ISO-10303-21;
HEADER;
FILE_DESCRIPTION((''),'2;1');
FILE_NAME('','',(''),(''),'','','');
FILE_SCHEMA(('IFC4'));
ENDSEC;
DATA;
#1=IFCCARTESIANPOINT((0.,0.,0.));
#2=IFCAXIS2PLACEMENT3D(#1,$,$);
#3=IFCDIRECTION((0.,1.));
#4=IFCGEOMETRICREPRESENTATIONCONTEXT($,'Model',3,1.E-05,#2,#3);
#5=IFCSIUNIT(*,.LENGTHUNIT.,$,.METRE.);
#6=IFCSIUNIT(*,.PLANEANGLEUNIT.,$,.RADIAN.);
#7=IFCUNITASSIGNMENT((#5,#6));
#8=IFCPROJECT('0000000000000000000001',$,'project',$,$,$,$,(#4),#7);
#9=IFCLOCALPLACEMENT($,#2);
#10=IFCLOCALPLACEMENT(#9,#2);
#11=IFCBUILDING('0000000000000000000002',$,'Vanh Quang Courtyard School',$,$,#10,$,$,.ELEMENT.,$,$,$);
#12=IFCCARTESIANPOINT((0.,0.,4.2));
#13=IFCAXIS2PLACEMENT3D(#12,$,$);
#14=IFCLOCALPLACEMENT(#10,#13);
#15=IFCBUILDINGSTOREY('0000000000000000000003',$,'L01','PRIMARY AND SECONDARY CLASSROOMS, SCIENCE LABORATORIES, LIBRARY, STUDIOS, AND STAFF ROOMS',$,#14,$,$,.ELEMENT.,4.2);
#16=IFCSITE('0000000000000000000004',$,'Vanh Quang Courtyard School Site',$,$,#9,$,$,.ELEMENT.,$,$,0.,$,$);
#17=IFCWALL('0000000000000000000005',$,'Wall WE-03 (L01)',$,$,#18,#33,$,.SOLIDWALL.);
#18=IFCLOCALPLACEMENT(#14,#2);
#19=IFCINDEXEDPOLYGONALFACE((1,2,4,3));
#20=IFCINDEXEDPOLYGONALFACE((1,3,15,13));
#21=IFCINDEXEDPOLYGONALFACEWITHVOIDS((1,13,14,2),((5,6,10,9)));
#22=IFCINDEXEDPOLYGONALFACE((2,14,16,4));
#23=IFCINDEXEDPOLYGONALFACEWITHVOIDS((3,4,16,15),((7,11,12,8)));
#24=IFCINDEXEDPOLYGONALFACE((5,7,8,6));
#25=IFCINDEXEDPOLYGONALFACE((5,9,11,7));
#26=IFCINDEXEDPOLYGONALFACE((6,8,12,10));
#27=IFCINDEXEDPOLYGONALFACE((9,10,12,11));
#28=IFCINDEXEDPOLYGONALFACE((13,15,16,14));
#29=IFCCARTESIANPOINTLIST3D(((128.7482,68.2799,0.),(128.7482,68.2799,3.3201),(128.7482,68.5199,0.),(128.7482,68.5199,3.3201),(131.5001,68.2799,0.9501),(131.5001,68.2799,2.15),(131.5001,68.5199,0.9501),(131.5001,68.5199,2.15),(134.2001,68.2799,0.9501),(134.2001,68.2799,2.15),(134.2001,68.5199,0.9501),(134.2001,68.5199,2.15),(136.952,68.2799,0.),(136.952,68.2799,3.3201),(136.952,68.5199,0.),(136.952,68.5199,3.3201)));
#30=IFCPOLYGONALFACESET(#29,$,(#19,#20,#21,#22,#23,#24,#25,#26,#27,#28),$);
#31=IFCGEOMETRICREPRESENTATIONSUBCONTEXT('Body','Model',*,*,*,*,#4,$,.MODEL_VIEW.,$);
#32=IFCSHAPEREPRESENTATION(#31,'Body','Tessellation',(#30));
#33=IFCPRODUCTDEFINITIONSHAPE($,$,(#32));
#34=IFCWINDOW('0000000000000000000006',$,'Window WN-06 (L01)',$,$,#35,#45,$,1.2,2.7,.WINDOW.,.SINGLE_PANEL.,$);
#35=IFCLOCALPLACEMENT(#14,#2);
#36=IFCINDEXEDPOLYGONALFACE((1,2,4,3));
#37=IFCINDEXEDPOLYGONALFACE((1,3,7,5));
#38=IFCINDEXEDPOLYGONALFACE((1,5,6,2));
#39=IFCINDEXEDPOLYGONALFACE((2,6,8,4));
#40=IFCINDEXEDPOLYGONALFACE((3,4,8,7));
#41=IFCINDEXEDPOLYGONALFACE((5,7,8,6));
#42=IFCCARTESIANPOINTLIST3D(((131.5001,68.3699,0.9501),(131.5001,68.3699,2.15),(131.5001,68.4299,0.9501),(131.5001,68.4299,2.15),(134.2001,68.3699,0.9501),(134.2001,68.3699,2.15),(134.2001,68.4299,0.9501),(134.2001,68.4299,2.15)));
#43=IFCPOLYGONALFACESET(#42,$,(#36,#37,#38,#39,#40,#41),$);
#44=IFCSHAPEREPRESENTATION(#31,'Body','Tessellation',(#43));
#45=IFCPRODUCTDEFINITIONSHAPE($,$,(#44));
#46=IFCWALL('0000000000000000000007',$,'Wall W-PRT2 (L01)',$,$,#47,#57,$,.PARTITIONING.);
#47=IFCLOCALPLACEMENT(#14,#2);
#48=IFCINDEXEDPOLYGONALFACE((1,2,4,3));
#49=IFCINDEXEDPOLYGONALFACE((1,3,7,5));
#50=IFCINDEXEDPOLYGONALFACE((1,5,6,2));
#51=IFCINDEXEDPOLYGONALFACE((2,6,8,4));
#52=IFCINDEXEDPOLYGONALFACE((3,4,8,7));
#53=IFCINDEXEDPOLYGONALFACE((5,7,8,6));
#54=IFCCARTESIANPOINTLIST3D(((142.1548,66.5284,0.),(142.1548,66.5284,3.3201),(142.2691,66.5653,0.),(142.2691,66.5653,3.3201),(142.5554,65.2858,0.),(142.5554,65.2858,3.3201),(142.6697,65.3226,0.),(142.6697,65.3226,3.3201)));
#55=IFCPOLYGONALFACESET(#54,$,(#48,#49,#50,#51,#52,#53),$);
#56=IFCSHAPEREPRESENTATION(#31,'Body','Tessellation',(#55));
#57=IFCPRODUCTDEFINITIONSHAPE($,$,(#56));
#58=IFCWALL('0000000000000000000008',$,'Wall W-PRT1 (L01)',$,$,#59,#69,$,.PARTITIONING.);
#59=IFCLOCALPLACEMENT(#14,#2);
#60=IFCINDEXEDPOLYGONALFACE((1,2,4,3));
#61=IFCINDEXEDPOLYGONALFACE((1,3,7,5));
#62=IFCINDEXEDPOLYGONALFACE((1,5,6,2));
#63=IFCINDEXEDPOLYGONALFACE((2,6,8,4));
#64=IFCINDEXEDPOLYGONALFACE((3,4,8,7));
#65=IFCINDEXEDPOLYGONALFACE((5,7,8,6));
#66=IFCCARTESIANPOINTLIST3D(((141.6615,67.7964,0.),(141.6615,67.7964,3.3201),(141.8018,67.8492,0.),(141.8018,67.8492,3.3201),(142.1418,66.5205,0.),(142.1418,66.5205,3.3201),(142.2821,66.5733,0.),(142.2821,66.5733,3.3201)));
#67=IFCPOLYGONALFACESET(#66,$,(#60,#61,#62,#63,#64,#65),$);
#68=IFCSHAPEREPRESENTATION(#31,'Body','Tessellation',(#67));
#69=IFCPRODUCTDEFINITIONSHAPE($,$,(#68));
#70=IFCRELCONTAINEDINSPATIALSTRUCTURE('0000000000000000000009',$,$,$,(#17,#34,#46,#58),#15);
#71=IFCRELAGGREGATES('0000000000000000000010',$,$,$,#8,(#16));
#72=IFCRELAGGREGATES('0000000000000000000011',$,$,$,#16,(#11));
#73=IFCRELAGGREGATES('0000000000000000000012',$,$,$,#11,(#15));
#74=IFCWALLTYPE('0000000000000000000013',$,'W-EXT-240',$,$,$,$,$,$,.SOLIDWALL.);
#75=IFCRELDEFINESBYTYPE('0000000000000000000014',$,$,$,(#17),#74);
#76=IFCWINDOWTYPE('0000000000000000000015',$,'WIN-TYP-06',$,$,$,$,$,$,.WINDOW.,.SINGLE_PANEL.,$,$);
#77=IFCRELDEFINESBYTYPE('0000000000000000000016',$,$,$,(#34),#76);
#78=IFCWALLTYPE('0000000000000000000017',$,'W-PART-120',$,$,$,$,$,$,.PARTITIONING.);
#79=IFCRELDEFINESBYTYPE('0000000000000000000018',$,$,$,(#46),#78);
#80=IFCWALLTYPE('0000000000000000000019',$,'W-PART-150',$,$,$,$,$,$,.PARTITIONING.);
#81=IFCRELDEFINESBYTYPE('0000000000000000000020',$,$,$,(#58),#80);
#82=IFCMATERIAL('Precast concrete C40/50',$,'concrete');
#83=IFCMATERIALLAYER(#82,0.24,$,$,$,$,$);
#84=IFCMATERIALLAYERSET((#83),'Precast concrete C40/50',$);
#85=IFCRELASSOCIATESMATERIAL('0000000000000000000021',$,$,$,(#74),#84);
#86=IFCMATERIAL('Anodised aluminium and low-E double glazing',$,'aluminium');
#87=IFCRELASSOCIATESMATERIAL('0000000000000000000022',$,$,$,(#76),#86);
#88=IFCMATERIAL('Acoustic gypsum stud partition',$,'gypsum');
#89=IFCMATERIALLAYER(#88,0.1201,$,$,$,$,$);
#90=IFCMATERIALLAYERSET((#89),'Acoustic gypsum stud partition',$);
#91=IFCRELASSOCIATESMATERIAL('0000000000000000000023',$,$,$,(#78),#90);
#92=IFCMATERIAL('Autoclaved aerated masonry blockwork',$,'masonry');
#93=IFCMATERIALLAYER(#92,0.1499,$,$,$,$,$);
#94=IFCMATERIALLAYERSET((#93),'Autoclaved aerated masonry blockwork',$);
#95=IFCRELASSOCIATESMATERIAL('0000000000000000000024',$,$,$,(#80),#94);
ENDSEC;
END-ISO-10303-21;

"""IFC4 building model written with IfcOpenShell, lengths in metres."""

from ifc_helpers import new_model, si_unit, direction, frame, frame_2d, origin, place, context, subcontext, project, spatial, rectangle, extrude, material, layer, layer_set, type_object, element, fill, save


model = new_model("IFC4")

# Units and contexts
model_context = context("Model", 3, precision=1e-05, world=origin(), true_north=direction((0.0, 1.0)))
body_context = subcontext(model_context, "Body", "Model", "MODEL_VIEW")
ifc_project = project(units=[si_unit("LENGTHUNIT", "METRE"), si_unit("PLANEANGLEUNIT", "RADIAN")], contexts=[model_context])

# Site, building, storey
site_placement = place(None, origin())
site = spatial("IfcSite", under=ifc_project, at=site_placement, Name="Vanh Quang Courtyard School Site", CompositionType="ELEMENT", RefElevation=0.0)
building_placement = place(site_placement, origin())
building = spatial("IfcBuilding", under=site, at=building_placement, Name="Vanh Quang Courtyard School", CompositionType="ELEMENT")
storey_placement = place(building_placement, frame((0.0, 0.0, 4.2)))
storey = spatial("IfcBuildingStorey", under=building, at=storey_placement, Name="L01", Description="PRIMARY AND SECONDARY CLASSROOMS, SCIENCE LABORATORIES, LIBRARY, STUDIOS, AND STAFF ROOMS", CompositionType="ELEMENT", Elevation=4.2)

# Wall, opening, window
ifc_material_1 = material(Name="Precast concrete C40/50", Category="concrete")
ifc_layer_1 = layer(ifc_material_1, 0.24)
ifc_layer_set_1 = layer_set([ifc_layer_1], Name="Precast concrete C40/50")
wall_type_1 = type_object("IfcWallType", Name="W-EXT-240", PredefinedType="SOLIDWALL", material=ifc_layer_set_1)
wall_1_placement = place(storey_placement, frame((128.748, 68.3999, 0.0), z_axis=(0.0, 0.0, 1.0), x_axis=(1.0, 0.0, 0.0)))
wall_1 = element("IfcWall", 1, at=wall_1_placement, inside=storey, type_object=wall_type_1, Name="Wall WE-03 (L01)", PredefinedType="SOLIDWALL", context=body_context, shape_type="SweptSolid", body=[
    extrude(rectangle(XDim=8.2039, YDim=0.24, at=frame_2d((4.1021, 0.0))), origin(), (0.0, 0.0, 1.0), 3.3201),
])
opening_placement = place(wall_1_placement, frame((2.752, 0.0, 0.95)))
opening = element("IfcOpeningElement", 2, at=opening_placement, cuts=wall_1, PredefinedType="OPENING", context=body_context, shape_type="SweptSolid", body=[
    extrude(rectangle(XDim=2.7, YDim=1.2, at=frame_2d((1.3501, 0.6001))), frame((0.0, 0.1299, 0.0), z_axis=(0.0, -1.0, 0.0), x_axis=(1.0, 0.0, 0.0)), (0.0, 0.0, 1.0), 0.26),
])
ifc_material_2 = material(Name="Anodised aluminium and low-E double glazing", Category="aluminium")
window_type = type_object("IfcWindowType", Name="WIN-TYP-06", PartitioningType="SINGLE_PANEL", PredefinedType="WINDOW", material=ifc_material_2)
window_placement = place(opening_placement, origin())
window = element("IfcWindow", 3, at=window_placement, inside=storey, type_object=window_type, Name="Window WN-06 (L01)", OverallHeight=1.2, OverallWidth=2.7, PartitioningType="SINGLE_PANEL", PredefinedType="WINDOW", context=body_context, shape_type="SweptSolid", body=[
    extrude(rectangle(XDim=2.7, YDim=1.2, at=frame_2d((1.3501, 0.6001))), frame((0.0, 0.03, 0.0), z_axis=(0.0, -1.0, 0.0), x_axis=(1.0, 0.0, 0.0)), (0.0, 0.0, 1.0), 0.0601),
])
fill(opening, window)

# Walls
ifc_material_3 = material(Name="Acoustic gypsum stud partition", Category="gypsum")
ifc_layer_2 = layer(ifc_material_3, 0.1201)
ifc_layer_set_2 = layer_set([ifc_layer_2], Name="Acoustic gypsum stud partition")
wall_type_2 = type_object("IfcWallType", Name="W-PART-120", PredefinedType="PARTITIONING", material=ifc_layer_set_2)
wall_2_placement = place(storey_placement, frame((142.6125, 65.3042, 0.0), z_axis=(0.0, 0.0, 1.0), x_axis=(-0.306844, 0.95176, 0.0)))
element("IfcWall", 4, at=wall_2_placement, inside=storey, type_object=wall_type_2, Name="Wall W-PRT2 (L01)", PredefinedType="PARTITIONING", context=body_context, shape_type="SweptSolid", body=[
    extrude(rectangle(XDim=1.3057, YDim=0.1201, at=frame_2d((0.6528, 0.0))), origin(), (0.0, 0.0, 1.0), 3.3201),
])
ifc_material_4 = material(Name="Autoclaved aerated masonry blockwork", Category="masonry")
ifc_layer_3 = layer(ifc_material_4, 0.1499)
ifc_layer_set_3 = layer_set([ifc_layer_3], Name="Autoclaved aerated masonry blockwork")
wall_type_3 = type_object("IfcWallType", Name="W-PART-150", PredefinedType="PARTITIONING", material=ifc_layer_set_3)
wall_3_placement = place(storey_placement, frame((142.2119, 66.5469, 0.0), z_axis=(0.0, 0.0, 1.0), x_axis=(-0.352261, 0.935902, 0.0)))
element("IfcWall", 5, at=wall_3_placement, inside=storey, type_object=wall_type_3, Name="Wall W-PRT1 (L01)", PredefinedType="PARTITIONING", context=body_context, shape_type="SweptSolid", body=[
    extrude(rectangle(XDim=1.3633, YDim=0.1499, at=frame_2d((0.6816, 0.0))), origin(), (0.0, 0.0, 1.0), 3.3201),
])

save(model, "model.ifc")
